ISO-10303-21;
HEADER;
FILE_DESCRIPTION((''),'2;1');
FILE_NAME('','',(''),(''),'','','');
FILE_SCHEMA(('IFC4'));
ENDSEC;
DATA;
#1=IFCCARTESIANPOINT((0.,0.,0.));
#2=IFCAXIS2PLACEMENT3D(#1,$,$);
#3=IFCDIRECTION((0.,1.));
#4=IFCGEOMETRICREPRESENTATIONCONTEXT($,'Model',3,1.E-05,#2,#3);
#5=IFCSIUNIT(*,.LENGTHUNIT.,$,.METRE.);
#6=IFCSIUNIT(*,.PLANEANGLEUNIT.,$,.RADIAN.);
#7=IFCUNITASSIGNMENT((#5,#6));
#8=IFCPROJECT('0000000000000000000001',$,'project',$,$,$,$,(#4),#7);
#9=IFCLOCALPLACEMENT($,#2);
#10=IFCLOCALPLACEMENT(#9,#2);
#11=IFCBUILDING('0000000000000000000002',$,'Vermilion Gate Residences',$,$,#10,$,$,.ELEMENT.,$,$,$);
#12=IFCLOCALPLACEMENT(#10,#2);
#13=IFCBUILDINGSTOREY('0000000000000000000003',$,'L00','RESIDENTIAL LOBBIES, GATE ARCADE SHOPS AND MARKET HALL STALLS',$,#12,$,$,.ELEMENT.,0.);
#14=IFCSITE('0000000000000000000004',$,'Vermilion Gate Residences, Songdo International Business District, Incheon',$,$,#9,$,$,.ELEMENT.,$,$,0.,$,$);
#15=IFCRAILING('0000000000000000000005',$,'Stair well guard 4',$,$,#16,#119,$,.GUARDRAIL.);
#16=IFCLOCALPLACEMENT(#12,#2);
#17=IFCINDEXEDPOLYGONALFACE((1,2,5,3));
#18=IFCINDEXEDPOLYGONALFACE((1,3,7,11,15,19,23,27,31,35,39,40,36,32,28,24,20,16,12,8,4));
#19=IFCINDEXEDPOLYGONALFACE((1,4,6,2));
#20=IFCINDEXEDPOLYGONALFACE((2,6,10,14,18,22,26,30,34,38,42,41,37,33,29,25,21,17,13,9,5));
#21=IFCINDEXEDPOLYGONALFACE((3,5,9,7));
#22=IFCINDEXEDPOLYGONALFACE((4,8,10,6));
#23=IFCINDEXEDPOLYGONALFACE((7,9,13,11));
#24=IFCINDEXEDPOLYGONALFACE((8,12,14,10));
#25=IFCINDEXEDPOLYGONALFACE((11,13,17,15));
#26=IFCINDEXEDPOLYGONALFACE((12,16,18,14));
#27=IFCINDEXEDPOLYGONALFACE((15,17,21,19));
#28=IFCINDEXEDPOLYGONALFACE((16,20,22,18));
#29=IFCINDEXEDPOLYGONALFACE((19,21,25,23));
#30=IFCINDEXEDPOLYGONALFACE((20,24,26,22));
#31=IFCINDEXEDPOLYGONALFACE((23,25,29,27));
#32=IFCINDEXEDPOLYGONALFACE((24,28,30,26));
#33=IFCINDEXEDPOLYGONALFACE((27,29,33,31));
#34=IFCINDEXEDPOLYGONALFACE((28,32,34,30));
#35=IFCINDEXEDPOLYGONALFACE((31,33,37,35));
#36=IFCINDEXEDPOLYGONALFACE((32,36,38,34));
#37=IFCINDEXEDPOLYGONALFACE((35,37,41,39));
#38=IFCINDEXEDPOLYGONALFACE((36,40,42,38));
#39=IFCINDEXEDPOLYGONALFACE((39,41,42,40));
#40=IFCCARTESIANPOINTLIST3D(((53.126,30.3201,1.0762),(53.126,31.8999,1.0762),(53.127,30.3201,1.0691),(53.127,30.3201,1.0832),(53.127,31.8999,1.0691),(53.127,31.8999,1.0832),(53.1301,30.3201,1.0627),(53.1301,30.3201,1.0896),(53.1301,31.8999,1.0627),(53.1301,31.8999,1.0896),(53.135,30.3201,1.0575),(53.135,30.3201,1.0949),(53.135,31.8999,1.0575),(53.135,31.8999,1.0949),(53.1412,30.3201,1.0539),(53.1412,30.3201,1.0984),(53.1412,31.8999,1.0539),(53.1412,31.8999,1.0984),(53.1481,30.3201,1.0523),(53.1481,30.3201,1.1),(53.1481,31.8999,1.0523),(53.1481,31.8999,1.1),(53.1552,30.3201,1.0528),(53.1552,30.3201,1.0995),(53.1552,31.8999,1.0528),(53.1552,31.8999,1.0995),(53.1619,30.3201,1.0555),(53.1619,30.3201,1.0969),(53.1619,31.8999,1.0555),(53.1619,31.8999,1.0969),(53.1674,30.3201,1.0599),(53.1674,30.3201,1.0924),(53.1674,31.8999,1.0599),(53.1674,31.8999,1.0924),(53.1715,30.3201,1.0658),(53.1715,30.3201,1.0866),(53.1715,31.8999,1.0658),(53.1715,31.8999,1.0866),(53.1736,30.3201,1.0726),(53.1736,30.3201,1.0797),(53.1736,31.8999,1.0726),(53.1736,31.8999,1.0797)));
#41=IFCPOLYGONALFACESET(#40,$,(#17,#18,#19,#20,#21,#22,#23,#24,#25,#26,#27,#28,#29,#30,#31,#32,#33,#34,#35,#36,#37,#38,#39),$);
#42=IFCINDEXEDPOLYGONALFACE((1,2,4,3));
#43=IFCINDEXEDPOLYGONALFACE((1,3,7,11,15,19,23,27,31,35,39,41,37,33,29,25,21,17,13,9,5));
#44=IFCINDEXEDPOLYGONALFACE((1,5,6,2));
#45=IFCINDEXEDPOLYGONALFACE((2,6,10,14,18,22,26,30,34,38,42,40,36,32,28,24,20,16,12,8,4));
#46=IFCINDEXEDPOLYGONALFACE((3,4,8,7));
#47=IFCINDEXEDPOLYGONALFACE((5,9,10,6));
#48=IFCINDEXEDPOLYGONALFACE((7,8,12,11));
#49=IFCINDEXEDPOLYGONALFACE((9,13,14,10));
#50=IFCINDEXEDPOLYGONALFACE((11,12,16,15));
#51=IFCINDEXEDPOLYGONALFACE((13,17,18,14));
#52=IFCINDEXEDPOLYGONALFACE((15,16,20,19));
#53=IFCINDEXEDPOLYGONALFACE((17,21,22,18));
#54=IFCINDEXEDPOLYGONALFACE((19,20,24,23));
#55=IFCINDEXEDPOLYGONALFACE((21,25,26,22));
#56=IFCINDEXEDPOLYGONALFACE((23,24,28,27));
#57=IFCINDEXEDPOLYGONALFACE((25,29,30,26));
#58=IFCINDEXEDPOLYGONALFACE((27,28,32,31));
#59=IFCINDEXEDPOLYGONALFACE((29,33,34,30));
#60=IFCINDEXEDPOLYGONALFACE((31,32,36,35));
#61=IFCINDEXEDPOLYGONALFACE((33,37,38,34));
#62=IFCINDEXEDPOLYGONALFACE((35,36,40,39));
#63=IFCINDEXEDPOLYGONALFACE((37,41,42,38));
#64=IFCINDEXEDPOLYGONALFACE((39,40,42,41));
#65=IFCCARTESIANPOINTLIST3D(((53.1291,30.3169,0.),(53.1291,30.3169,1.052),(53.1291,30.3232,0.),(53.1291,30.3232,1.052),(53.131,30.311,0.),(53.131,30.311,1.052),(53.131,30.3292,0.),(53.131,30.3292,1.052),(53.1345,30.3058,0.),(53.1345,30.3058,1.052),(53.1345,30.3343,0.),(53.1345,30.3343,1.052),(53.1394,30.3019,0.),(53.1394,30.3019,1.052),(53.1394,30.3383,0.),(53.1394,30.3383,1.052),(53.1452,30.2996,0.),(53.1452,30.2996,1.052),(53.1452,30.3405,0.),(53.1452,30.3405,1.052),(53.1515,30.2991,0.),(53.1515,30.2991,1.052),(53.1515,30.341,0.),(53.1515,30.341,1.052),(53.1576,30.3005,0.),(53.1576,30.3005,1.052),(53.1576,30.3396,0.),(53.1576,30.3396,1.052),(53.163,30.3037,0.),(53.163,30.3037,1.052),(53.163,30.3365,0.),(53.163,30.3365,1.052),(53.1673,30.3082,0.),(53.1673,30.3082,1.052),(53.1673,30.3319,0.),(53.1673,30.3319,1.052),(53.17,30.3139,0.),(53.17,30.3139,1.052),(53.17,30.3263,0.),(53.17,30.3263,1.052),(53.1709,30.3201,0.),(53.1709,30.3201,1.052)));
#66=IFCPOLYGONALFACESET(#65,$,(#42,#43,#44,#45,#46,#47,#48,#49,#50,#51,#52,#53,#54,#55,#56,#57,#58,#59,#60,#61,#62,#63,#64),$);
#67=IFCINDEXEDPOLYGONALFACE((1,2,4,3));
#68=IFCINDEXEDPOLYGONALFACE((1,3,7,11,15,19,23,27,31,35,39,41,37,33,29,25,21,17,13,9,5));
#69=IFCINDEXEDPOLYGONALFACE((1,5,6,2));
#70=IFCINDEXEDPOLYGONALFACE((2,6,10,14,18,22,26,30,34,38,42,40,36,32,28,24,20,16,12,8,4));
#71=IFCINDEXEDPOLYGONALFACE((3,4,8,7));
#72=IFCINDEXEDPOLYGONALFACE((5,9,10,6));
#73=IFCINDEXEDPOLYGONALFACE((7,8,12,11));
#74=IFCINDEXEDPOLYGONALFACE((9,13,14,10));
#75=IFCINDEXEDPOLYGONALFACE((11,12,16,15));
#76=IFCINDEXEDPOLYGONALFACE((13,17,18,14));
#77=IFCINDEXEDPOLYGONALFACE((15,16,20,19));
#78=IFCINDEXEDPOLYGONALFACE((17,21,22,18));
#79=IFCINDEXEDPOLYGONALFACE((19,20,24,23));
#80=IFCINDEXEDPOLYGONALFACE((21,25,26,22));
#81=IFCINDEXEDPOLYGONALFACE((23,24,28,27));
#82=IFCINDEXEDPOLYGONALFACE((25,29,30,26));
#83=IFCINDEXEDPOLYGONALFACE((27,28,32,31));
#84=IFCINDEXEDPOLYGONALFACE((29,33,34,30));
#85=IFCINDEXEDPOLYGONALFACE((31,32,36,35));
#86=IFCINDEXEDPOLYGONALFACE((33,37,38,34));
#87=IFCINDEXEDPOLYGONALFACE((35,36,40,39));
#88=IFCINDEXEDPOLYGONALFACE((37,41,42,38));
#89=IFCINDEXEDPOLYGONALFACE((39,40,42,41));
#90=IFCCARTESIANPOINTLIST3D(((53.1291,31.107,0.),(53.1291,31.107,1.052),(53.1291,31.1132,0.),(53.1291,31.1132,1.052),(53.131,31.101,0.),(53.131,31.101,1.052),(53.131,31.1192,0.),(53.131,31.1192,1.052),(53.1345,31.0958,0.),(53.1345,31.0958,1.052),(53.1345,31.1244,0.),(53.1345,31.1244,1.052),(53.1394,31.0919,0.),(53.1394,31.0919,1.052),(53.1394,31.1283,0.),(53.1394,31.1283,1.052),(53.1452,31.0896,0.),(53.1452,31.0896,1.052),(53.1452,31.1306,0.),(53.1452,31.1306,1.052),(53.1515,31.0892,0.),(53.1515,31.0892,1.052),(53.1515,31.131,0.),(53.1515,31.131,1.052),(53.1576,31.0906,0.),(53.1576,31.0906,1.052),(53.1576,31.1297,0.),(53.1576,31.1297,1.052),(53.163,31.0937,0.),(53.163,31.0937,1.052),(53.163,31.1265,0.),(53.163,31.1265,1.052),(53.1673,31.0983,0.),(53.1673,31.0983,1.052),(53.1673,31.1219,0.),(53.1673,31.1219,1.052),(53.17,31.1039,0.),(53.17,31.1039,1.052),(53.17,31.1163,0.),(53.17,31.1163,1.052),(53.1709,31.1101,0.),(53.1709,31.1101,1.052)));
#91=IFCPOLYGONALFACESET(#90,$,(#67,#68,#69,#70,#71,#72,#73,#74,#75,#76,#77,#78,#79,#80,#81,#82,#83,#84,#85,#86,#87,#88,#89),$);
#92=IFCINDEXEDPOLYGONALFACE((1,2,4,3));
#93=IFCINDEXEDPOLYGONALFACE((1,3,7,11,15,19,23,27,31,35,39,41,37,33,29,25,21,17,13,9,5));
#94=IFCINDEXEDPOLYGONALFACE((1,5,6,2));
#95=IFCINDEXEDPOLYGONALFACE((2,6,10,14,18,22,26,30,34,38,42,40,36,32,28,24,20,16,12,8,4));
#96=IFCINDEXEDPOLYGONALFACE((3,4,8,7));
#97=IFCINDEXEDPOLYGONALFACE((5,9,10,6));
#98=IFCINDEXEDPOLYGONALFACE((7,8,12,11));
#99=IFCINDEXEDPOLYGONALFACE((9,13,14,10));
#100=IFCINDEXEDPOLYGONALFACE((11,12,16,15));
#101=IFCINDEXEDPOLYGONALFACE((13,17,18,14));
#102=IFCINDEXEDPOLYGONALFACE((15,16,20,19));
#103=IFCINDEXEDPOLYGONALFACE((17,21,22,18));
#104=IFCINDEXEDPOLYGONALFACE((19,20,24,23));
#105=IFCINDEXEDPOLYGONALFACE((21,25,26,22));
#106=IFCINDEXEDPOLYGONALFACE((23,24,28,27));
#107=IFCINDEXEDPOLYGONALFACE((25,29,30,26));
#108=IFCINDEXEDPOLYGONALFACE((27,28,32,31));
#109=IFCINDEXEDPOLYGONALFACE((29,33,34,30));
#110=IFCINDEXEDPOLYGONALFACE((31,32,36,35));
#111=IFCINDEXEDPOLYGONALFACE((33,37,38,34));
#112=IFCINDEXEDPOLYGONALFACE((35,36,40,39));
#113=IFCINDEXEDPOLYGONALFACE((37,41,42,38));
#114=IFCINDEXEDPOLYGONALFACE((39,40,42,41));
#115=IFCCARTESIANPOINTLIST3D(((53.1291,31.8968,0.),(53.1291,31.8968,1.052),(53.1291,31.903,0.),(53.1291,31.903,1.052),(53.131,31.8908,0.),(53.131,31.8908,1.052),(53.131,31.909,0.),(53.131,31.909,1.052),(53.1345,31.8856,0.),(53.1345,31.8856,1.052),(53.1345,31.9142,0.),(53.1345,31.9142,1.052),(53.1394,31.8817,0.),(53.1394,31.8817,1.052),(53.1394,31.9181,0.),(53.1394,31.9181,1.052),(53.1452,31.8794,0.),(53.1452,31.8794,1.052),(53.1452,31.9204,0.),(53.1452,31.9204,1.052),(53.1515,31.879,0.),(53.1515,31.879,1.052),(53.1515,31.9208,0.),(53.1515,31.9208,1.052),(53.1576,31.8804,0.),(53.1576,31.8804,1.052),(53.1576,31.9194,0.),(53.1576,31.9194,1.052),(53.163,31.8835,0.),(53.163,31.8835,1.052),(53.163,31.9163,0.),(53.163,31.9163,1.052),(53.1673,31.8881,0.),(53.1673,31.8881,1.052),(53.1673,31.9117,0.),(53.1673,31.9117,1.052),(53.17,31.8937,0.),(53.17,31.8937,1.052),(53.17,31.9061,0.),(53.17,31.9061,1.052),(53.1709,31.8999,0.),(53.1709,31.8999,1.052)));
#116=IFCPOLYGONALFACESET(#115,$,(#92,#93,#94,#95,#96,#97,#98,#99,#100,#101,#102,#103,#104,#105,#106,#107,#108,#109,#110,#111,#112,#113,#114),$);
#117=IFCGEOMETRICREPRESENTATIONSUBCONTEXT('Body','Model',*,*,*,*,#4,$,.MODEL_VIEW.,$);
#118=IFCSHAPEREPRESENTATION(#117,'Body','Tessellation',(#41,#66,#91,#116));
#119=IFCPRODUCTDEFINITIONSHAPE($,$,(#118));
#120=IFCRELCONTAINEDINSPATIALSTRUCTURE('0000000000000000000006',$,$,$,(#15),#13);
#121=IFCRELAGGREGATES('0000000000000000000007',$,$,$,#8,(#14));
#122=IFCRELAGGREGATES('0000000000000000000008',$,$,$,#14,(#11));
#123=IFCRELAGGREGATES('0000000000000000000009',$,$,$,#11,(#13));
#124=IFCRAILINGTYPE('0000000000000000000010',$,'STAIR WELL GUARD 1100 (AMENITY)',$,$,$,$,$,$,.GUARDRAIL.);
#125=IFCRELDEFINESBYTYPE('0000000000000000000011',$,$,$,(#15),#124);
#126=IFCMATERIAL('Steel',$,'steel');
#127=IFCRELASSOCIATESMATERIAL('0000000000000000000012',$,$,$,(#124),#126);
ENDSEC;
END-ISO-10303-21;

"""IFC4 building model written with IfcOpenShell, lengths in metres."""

from ifc_helpers import new_model, si_unit, direction, frame, origin, origin_2d, place, context, subcontext, project, spatial, circle, extrude, material, type_object, element, save


model = new_model("IFC4")

# Units and contexts
model_context = context("Model", 3, precision=1e-05, world=origin(), true_north=direction((0.0, 1.0)))
body_context = subcontext(model_context, "Body", "Model", "MODEL_VIEW")
ifc_project = project(units=[si_unit("LENGTHUNIT", "METRE"), si_unit("PLANEANGLEUNIT", "RADIAN")], contexts=[model_context])

# Site, building, storey
site_placement = place(None, origin())
site = spatial("IfcSite", under=ifc_project, at=site_placement, Name="Vermilion Gate Residences, Songdo International Business District, Incheon", CompositionType="ELEMENT", RefElevation=0.0)
building_placement = place(site_placement, origin())
building = spatial("IfcBuilding", under=site, at=building_placement, Name="Vermilion Gate Residences", CompositionType="ELEMENT")
storey_placement = place(building_placement, origin())
storey = spatial("IfcBuildingStorey", under=building, at=storey_placement, Name="L00", Description="RESIDENTIAL LOBBIES, GATE ARCADE SHOPS AND MARKET HALL STALLS", CompositionType="ELEMENT", Elevation=0.0)

# Railing
ifc_material_1 = material(Name="Steel", Category="steel")
railing_type_1 = type_object("IfcRailingType", Name="STAIR WELL GUARD 1100 (AMENITY)", PredefinedType="GUARDRAIL", material=ifc_material_1)
railing_1_placement = place(storey_placement, frame((53.1499, 30.3201, 0.0)))
element("IfcRailing", 1, at=railing_1_placement, inside=storey, type_object=railing_type_1, Name="Stair well guard 4", PredefinedType="GUARDRAIL", context=body_context, shape_type="SweptSolid", body=[
    extrude(circle(Radius=0.0239, at=origin_2d()), frame((0.0, 0.0, 1.0762), z_axis=(0.0, 1.0, 0.0), x_axis=(-1.0, 0.0, 0.0)), (0.0, 0.0, 1.0), 1.5798),
    extrude(circle(Radius=0.021, at=origin_2d()), origin(), (0.0, 0.0, 1.0), 1.052),
    extrude(circle(Radius=0.021, at=origin_2d()), frame((0.0, 0.79, 0.0)), (0.0, 0.0, 1.0), 1.052),
    extrude(circle(Radius=0.021, at=origin_2d()), frame((0.0, 1.5798, 0.0)), (0.0, 0.0, 1.0), 1.052),
])

save(model, "model.ifc")
